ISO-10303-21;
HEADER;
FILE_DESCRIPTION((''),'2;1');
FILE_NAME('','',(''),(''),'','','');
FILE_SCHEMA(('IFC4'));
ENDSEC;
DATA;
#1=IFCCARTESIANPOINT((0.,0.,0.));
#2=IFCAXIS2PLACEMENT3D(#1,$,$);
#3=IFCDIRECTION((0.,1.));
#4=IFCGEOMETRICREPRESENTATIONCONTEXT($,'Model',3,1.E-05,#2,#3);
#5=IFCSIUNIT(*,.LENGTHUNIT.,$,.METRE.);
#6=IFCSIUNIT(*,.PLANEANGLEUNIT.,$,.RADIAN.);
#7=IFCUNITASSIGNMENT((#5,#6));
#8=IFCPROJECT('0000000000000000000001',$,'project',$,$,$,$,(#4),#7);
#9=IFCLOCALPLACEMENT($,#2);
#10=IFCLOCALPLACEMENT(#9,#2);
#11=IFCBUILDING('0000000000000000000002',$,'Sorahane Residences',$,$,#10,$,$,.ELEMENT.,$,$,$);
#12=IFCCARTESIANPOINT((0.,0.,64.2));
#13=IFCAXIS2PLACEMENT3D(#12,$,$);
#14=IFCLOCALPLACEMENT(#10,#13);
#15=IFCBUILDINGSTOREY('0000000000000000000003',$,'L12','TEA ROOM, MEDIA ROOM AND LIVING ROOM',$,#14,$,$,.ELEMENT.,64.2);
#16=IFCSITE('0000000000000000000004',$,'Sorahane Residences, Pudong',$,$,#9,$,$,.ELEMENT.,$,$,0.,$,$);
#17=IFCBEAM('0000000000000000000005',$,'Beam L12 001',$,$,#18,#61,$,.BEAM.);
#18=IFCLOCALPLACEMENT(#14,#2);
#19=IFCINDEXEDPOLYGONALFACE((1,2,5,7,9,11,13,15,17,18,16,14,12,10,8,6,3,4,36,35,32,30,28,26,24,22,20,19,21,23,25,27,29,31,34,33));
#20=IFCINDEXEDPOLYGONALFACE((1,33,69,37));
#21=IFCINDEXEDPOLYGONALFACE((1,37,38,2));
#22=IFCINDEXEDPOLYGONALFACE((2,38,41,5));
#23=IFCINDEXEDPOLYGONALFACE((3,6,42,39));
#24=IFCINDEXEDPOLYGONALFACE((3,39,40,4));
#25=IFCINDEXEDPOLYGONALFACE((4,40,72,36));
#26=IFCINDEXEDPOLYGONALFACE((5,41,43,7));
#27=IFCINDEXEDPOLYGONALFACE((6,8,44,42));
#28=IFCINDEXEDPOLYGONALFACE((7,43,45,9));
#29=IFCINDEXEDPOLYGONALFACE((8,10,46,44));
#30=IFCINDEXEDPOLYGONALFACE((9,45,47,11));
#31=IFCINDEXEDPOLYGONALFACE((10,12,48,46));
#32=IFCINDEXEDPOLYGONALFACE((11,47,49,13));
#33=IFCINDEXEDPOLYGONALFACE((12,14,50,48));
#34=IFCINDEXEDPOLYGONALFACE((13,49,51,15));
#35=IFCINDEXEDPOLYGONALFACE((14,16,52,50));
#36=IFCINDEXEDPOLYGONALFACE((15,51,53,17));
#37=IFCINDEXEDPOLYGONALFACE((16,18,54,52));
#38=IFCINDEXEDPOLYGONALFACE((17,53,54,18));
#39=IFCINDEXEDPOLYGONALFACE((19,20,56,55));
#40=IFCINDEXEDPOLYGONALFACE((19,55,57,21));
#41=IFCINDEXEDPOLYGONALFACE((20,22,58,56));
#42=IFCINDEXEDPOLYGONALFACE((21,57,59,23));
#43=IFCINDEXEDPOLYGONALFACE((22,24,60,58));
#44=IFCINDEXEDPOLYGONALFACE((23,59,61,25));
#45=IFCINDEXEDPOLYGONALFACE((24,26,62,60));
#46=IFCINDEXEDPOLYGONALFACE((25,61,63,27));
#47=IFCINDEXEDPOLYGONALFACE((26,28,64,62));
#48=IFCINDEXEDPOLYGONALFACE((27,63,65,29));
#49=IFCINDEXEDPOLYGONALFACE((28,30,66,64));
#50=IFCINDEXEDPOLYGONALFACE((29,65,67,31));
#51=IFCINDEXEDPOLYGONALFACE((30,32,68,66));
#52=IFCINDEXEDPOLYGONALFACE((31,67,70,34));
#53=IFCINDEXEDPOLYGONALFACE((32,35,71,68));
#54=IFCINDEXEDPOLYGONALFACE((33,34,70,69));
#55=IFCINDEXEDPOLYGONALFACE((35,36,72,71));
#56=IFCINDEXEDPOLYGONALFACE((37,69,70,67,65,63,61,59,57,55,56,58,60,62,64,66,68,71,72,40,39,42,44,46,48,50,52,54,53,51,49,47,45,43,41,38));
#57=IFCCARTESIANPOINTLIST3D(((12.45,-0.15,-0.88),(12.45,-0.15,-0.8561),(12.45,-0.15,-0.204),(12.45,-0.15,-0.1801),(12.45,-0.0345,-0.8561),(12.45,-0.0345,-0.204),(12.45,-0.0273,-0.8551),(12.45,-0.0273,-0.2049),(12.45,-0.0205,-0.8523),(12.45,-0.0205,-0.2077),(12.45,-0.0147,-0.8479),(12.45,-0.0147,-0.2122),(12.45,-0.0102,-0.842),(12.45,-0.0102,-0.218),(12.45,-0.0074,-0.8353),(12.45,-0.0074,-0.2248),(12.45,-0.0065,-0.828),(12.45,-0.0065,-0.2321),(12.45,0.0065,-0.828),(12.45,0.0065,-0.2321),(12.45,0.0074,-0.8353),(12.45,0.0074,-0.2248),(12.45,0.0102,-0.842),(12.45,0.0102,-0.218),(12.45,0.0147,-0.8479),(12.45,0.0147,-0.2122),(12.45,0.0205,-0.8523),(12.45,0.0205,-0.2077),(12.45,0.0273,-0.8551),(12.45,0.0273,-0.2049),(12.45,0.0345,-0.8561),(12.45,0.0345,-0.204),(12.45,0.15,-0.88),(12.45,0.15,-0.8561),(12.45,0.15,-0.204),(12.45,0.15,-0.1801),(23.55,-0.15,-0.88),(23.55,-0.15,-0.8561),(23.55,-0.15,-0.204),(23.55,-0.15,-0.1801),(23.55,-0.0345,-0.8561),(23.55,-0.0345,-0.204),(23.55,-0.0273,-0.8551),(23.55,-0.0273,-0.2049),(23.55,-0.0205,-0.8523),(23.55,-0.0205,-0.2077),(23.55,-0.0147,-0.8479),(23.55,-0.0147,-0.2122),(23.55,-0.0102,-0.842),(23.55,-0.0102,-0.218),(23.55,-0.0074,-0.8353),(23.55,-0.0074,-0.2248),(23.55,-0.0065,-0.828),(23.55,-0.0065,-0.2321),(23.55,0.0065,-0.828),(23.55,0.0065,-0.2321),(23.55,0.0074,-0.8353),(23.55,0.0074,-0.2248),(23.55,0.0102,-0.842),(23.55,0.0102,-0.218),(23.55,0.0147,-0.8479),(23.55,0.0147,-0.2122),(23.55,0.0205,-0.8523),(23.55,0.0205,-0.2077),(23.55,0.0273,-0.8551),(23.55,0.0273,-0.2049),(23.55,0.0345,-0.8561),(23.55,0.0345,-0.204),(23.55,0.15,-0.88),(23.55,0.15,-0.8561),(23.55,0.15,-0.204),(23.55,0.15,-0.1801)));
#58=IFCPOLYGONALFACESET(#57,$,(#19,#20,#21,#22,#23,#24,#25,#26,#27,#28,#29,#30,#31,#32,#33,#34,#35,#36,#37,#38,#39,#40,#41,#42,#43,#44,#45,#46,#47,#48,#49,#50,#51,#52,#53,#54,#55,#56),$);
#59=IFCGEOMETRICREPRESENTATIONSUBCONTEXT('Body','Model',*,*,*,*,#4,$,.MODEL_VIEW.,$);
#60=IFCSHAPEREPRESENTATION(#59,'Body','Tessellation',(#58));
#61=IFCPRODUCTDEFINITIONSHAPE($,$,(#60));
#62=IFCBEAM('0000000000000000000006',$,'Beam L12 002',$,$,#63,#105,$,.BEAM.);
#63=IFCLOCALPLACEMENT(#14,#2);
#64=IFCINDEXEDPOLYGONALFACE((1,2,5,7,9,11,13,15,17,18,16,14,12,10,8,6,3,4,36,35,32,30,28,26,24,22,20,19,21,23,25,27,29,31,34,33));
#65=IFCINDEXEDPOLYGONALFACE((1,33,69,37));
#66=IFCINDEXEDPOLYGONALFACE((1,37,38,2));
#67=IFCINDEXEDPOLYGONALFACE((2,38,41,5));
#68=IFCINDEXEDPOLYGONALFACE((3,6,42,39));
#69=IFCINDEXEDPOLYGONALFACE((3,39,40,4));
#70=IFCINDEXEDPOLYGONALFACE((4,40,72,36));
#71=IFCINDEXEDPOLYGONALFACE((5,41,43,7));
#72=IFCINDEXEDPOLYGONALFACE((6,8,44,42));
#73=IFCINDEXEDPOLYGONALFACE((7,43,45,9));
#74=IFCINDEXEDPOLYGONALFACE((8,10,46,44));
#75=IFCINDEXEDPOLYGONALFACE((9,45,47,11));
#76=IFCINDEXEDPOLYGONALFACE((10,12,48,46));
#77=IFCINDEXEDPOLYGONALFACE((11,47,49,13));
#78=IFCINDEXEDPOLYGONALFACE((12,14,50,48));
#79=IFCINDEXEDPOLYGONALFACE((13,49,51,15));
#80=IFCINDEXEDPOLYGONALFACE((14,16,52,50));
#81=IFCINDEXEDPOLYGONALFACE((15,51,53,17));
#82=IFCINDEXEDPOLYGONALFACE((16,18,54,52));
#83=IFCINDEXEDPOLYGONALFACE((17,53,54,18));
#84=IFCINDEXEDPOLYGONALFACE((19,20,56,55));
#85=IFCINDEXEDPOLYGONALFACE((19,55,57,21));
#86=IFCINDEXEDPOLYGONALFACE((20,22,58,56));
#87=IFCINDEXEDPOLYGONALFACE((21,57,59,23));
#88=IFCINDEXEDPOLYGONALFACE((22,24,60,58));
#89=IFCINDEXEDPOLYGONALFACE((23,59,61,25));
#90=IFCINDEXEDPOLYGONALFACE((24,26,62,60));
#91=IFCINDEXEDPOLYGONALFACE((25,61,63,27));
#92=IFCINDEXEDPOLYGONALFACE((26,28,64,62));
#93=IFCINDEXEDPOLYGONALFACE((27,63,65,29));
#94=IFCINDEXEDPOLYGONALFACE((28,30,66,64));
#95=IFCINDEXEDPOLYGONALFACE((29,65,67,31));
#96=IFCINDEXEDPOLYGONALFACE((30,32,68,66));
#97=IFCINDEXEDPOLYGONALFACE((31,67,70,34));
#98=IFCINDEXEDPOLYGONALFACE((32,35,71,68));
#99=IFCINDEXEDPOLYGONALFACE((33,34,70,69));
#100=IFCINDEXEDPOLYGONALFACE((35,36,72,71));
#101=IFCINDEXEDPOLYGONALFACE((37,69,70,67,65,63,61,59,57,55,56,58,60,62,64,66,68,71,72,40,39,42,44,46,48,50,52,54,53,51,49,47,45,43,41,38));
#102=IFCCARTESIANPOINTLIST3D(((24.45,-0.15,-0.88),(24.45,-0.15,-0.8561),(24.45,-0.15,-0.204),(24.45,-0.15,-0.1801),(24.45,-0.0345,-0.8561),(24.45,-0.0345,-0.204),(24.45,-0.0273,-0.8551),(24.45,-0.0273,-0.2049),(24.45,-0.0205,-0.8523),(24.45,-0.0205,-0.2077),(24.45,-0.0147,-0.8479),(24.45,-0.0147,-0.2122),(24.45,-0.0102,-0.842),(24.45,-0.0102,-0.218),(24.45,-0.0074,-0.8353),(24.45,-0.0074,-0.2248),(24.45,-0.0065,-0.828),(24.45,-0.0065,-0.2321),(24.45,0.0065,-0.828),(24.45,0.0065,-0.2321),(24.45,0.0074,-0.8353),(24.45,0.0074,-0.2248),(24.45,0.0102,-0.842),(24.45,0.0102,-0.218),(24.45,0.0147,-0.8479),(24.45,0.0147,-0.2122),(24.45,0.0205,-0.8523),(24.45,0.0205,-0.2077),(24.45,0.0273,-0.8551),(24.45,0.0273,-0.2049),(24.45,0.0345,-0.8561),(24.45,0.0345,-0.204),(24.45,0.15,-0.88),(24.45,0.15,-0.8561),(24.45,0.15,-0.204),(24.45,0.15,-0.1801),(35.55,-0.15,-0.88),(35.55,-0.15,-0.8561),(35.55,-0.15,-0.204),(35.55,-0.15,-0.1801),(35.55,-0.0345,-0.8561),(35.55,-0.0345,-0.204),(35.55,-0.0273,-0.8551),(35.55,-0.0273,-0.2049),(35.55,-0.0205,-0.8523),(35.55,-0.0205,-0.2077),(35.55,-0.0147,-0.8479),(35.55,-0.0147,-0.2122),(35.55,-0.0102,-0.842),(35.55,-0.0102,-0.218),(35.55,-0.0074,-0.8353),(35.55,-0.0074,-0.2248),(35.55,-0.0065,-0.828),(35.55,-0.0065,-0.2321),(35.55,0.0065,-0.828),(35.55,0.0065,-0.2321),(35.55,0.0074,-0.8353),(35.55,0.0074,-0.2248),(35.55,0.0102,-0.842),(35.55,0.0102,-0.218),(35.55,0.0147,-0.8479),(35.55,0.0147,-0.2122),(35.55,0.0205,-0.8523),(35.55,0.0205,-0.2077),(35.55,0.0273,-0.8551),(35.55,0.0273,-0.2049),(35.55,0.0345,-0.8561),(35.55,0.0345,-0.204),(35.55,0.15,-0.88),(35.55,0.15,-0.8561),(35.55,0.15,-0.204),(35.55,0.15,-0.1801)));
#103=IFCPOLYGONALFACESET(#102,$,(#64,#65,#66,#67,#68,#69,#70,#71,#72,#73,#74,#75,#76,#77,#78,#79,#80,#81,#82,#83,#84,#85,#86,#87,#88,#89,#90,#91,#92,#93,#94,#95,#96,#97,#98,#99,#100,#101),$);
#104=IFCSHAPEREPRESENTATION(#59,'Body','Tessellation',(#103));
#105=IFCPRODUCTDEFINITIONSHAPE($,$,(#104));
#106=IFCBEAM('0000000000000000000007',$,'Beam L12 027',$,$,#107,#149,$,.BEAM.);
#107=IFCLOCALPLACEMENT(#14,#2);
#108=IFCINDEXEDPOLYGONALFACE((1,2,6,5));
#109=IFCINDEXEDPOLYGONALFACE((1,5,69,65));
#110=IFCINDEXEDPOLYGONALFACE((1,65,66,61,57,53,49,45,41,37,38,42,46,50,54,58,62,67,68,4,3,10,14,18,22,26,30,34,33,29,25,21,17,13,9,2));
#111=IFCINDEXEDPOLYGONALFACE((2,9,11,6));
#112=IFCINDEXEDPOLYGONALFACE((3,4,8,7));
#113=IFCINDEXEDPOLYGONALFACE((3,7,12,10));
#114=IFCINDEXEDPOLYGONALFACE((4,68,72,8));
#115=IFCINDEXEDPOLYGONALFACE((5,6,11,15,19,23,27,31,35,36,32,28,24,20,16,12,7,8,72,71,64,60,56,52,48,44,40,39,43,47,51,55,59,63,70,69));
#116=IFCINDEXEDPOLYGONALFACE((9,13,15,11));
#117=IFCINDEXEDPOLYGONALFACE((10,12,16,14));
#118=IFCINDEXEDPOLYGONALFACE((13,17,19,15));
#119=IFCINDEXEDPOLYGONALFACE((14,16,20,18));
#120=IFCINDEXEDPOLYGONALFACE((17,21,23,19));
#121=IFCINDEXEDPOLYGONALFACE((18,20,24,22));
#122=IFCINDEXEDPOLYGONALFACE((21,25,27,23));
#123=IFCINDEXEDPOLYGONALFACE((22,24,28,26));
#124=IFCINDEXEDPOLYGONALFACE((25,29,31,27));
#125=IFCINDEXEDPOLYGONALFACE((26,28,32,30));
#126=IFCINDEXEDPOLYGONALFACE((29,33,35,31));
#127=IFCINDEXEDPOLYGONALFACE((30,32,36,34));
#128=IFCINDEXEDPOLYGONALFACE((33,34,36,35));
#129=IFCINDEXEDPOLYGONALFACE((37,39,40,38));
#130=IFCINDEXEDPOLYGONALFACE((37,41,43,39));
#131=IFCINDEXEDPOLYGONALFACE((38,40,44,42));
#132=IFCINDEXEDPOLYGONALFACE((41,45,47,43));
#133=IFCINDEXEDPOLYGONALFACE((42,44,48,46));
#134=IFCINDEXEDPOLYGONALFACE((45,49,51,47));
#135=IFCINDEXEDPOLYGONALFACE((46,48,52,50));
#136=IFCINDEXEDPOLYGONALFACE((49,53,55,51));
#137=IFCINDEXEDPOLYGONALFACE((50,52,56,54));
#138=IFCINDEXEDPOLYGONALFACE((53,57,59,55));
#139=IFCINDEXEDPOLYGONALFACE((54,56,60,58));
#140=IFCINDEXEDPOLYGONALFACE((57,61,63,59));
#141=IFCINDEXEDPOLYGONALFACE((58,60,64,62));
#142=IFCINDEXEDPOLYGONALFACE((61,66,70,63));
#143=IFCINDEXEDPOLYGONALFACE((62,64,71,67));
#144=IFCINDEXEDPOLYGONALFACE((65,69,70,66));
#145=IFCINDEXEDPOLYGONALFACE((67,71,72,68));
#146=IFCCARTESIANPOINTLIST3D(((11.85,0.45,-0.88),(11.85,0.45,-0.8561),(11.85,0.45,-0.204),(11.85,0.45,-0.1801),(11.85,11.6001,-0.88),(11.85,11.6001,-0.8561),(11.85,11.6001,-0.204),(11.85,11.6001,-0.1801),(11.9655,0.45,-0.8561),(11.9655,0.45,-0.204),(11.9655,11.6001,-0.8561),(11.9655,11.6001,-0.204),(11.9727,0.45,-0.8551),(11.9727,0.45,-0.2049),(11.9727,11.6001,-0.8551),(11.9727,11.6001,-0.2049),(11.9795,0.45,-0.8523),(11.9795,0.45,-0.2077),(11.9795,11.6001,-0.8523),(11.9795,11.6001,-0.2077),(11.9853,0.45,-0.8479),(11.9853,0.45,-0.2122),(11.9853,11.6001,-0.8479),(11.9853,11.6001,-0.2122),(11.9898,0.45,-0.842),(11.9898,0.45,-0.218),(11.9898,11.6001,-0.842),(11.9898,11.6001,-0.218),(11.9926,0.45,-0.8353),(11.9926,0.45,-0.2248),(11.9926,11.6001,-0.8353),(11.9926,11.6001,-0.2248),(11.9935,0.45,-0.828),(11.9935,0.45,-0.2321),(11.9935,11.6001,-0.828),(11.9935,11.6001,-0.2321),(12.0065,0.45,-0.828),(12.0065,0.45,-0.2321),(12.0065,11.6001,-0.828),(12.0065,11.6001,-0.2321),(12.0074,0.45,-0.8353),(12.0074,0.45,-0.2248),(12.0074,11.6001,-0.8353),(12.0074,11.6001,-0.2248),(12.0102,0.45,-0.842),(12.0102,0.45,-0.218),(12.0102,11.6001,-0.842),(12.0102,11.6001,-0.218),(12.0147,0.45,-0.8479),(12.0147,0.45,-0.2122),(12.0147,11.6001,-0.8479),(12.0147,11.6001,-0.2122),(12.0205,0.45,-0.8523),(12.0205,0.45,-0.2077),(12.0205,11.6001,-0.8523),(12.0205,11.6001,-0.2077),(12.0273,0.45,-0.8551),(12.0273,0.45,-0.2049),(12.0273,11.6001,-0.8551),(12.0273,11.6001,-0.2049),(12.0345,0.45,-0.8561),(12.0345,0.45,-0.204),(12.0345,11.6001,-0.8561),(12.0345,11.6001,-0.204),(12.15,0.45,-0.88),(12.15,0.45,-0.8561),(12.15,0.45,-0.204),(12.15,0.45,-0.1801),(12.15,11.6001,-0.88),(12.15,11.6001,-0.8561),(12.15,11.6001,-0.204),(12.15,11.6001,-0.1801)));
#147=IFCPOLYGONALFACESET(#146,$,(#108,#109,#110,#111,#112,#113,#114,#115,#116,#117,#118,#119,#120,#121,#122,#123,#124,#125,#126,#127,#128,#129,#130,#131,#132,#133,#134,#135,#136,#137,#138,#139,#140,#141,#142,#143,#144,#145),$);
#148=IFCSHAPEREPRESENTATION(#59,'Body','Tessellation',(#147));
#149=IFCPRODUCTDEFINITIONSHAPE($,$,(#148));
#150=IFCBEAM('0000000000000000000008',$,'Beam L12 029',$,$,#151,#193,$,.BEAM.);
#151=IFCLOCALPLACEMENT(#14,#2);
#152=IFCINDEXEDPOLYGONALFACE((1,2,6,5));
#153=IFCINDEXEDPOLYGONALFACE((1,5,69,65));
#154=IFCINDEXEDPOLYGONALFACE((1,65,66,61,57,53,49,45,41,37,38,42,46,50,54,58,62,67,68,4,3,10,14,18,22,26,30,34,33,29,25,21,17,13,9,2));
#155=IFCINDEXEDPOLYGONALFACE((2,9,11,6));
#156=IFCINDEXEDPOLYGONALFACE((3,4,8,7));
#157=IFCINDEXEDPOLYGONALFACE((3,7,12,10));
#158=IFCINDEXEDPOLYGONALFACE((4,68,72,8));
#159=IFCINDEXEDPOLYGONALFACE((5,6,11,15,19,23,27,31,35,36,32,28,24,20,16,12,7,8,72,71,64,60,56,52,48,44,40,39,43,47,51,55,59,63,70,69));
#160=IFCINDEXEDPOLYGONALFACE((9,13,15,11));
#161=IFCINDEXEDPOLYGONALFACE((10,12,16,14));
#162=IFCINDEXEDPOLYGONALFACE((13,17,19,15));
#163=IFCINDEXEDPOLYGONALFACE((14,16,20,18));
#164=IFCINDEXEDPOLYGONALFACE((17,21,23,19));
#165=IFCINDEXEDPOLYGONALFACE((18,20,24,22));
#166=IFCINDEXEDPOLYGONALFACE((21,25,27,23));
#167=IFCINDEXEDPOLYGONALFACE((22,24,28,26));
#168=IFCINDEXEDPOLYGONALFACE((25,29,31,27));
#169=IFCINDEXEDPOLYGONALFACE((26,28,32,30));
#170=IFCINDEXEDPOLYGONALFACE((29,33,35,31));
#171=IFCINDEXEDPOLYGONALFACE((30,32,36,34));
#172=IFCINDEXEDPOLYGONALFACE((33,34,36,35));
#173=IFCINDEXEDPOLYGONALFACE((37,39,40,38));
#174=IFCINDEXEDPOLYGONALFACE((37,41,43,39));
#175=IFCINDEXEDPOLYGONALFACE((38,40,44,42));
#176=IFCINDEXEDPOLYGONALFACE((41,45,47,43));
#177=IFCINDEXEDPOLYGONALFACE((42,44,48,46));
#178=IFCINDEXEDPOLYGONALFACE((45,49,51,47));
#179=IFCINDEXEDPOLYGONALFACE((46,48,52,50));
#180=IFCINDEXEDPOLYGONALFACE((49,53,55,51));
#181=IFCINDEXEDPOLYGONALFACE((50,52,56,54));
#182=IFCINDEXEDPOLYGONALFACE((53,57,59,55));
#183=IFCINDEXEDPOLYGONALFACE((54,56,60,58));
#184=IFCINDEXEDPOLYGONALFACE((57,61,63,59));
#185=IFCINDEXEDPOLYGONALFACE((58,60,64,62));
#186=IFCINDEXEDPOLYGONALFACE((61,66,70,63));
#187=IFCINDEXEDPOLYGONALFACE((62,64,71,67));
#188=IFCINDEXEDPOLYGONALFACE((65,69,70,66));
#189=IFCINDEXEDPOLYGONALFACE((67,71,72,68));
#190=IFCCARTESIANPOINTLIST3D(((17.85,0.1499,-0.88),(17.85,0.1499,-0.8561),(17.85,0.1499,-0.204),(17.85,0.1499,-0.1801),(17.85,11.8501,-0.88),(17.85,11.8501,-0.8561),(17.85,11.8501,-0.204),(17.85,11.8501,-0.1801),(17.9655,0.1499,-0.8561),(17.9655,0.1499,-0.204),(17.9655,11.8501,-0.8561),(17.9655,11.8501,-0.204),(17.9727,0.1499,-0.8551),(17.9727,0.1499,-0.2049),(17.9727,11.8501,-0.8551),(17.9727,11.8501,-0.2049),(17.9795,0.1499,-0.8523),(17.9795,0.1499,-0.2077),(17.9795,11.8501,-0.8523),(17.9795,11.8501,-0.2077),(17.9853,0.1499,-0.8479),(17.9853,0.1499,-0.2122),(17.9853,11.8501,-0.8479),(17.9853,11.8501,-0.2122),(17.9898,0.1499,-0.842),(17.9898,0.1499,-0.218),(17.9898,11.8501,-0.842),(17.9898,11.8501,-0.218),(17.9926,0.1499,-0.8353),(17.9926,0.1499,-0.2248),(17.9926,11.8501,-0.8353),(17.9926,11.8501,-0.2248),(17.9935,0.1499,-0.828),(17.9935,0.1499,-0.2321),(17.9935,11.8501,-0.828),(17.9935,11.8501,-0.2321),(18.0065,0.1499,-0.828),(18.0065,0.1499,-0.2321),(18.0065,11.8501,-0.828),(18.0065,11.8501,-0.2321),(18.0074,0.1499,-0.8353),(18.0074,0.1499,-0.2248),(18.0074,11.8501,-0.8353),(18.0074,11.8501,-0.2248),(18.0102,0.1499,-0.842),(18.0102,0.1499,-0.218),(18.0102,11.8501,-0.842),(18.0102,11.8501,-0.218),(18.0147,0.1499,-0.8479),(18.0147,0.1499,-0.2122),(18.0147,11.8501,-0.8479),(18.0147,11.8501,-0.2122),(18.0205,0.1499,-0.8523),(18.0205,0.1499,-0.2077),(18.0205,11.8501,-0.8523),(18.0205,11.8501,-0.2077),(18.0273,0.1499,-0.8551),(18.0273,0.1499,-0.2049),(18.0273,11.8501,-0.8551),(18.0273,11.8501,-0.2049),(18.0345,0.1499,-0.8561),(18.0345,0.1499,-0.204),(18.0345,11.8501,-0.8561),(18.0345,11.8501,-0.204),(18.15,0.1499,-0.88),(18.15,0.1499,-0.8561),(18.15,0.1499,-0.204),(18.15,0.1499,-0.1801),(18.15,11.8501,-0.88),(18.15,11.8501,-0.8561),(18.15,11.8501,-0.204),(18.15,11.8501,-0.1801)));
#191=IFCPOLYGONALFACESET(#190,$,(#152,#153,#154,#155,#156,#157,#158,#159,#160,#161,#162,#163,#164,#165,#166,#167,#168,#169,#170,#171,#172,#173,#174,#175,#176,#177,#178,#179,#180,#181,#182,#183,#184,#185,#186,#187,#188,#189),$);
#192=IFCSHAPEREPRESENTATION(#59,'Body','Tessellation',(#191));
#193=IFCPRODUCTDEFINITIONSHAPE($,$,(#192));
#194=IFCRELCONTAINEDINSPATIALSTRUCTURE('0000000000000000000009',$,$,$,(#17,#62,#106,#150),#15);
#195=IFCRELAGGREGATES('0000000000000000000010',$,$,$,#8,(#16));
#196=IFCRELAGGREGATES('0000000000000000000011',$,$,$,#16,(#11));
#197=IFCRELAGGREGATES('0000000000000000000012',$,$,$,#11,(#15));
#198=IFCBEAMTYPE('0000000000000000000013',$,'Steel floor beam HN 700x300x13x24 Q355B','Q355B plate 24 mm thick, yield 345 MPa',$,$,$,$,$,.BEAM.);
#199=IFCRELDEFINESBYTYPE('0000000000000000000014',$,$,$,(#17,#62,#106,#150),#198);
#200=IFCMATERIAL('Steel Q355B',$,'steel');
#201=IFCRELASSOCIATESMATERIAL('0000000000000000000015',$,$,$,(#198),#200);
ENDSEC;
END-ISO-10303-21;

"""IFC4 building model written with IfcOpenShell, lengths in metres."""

from ifc_helpers import new_model, si_unit, direction, frame, origin, origin_2d, place, context, subcontext, project, spatial, i_section, extrude, material, material_profile, profile_set, type_object, element, save


model = new_model("IFC4")

# Units and contexts
model_context = context("Model", 3, precision=1e-05, world=origin(), true_north=direction((0.0, 1.0)))
body_context = subcontext(model_context, "Body", "Model", "MODEL_VIEW")
ifc_project = project(units=[si_unit("LENGTHUNIT", "METRE"), si_unit("PLANEANGLEUNIT", "RADIAN")], contexts=[model_context])

# Site, building, storey
site_placement = place(None, origin())
site = spatial("IfcSite", under=ifc_project, at=site_placement, Name="Sorahane Residences, Pudong", CompositionType="ELEMENT", RefElevation=0.0)
building_placement = place(site_placement, origin())
building = spatial("IfcBuilding", under=site, at=building_placement, Name="Sorahane Residences", CompositionType="ELEMENT")
storey_placement = place(building_placement, frame((0.0, 0.0, 64.2)))
storey = spatial("IfcBuildingStorey", under=building, at=storey_placement, Name="L12", Description="TEA ROOM, MEDIA ROOM AND LIVING ROOM", CompositionType="ELEMENT", Elevation=64.2)

# Beams
ifc_material_1 = material(Name="Steel Q355B", Category="steel")
ifc_material_profile_1 = material_profile(ifc_material_1, i_section(OverallWidth=0.3, OverallDepth=0.7, WebThickness=0.0129, FlangeThickness=0.0239, FilletRadius=0.0281, at=origin_2d()), Name="HN 700x300x13x24")
ifc_profile_set_1 = profile_set([ifc_material_profile_1], Name="Steel Q355B")
beam_type_1 = type_object("IfcBeamType", Name="Steel floor beam HN 700x300x13x24 Q355B", Description="Q355B plate 24 mm thick, yield 345 MPa", PredefinedType="BEAM", material=ifc_profile_set_1)
for number, where, z_axis, x_axis, name in (
    (1, (12.45, 0.0, -0.53), (1.0, 0.0, 0.0), (0.0, 1.0, 0.0), "Beam L12 001"),
    (2, (24.45, 0.0, -0.53), (1.0, 0.0, 0.0), (0.0, 1.0, 0.0), "Beam L12 002"),
):
    element("IfcBeam", number, at=place(storey_placement, frame(where, z_axis=z_axis, x_axis=x_axis)), inside=storey, type_object=beam_type_1, Name=name, PredefinedType="BEAM", context=body_context, shape_type="SweptSolid", body=[
        extrude(i_section(OverallWidth=0.3, OverallDepth=0.7, WebThickness=0.0129, FlangeThickness=0.0239, FilletRadius=0.0281, at=origin_2d()), origin(), (0.0, 0.0, 1.0), 11.1001),
    ])
beam_1_placement = place(storey_placement, frame((12.0, 0.45, -0.53), z_axis=(0.0, 1.0, 0.0), x_axis=(-1.0, 0.0, 0.0)))
element("IfcBeam", 3, at=beam_1_placement, inside=storey, type_object=beam_type_1, Name="Beam L12 027", PredefinedType="BEAM", context=body_context, shape_type="SweptSolid", body=[
    extrude(i_section(OverallWidth=0.3, OverallDepth=0.7, WebThickness=0.0129, FlangeThickness=0.0239, FilletRadius=0.0281, at=origin_2d()), origin(), (0.0, 0.0, 1.0), 11.1501),
])
beam_2_placement = place(storey_placement, frame((18.0, 0.1499, -0.53), z_axis=(0.0, 1.0, 0.0), x_axis=(-1.0, 0.0, 0.0)))
element("IfcBeam", 4, at=beam_2_placement, inside=storey, type_object=beam_type_1, Name="Beam L12 029", PredefinedType="BEAM", context=body_context, shape_type="SweptSolid", body=[
    extrude(i_section(OverallWidth=0.3, OverallDepth=0.7, WebThickness=0.0129, FlangeThickness=0.0239, FilletRadius=0.0281, at=origin_2d()), origin(), (0.0, 0.0, 1.0), 11.7002),
])

save(model, "model.ifc")
